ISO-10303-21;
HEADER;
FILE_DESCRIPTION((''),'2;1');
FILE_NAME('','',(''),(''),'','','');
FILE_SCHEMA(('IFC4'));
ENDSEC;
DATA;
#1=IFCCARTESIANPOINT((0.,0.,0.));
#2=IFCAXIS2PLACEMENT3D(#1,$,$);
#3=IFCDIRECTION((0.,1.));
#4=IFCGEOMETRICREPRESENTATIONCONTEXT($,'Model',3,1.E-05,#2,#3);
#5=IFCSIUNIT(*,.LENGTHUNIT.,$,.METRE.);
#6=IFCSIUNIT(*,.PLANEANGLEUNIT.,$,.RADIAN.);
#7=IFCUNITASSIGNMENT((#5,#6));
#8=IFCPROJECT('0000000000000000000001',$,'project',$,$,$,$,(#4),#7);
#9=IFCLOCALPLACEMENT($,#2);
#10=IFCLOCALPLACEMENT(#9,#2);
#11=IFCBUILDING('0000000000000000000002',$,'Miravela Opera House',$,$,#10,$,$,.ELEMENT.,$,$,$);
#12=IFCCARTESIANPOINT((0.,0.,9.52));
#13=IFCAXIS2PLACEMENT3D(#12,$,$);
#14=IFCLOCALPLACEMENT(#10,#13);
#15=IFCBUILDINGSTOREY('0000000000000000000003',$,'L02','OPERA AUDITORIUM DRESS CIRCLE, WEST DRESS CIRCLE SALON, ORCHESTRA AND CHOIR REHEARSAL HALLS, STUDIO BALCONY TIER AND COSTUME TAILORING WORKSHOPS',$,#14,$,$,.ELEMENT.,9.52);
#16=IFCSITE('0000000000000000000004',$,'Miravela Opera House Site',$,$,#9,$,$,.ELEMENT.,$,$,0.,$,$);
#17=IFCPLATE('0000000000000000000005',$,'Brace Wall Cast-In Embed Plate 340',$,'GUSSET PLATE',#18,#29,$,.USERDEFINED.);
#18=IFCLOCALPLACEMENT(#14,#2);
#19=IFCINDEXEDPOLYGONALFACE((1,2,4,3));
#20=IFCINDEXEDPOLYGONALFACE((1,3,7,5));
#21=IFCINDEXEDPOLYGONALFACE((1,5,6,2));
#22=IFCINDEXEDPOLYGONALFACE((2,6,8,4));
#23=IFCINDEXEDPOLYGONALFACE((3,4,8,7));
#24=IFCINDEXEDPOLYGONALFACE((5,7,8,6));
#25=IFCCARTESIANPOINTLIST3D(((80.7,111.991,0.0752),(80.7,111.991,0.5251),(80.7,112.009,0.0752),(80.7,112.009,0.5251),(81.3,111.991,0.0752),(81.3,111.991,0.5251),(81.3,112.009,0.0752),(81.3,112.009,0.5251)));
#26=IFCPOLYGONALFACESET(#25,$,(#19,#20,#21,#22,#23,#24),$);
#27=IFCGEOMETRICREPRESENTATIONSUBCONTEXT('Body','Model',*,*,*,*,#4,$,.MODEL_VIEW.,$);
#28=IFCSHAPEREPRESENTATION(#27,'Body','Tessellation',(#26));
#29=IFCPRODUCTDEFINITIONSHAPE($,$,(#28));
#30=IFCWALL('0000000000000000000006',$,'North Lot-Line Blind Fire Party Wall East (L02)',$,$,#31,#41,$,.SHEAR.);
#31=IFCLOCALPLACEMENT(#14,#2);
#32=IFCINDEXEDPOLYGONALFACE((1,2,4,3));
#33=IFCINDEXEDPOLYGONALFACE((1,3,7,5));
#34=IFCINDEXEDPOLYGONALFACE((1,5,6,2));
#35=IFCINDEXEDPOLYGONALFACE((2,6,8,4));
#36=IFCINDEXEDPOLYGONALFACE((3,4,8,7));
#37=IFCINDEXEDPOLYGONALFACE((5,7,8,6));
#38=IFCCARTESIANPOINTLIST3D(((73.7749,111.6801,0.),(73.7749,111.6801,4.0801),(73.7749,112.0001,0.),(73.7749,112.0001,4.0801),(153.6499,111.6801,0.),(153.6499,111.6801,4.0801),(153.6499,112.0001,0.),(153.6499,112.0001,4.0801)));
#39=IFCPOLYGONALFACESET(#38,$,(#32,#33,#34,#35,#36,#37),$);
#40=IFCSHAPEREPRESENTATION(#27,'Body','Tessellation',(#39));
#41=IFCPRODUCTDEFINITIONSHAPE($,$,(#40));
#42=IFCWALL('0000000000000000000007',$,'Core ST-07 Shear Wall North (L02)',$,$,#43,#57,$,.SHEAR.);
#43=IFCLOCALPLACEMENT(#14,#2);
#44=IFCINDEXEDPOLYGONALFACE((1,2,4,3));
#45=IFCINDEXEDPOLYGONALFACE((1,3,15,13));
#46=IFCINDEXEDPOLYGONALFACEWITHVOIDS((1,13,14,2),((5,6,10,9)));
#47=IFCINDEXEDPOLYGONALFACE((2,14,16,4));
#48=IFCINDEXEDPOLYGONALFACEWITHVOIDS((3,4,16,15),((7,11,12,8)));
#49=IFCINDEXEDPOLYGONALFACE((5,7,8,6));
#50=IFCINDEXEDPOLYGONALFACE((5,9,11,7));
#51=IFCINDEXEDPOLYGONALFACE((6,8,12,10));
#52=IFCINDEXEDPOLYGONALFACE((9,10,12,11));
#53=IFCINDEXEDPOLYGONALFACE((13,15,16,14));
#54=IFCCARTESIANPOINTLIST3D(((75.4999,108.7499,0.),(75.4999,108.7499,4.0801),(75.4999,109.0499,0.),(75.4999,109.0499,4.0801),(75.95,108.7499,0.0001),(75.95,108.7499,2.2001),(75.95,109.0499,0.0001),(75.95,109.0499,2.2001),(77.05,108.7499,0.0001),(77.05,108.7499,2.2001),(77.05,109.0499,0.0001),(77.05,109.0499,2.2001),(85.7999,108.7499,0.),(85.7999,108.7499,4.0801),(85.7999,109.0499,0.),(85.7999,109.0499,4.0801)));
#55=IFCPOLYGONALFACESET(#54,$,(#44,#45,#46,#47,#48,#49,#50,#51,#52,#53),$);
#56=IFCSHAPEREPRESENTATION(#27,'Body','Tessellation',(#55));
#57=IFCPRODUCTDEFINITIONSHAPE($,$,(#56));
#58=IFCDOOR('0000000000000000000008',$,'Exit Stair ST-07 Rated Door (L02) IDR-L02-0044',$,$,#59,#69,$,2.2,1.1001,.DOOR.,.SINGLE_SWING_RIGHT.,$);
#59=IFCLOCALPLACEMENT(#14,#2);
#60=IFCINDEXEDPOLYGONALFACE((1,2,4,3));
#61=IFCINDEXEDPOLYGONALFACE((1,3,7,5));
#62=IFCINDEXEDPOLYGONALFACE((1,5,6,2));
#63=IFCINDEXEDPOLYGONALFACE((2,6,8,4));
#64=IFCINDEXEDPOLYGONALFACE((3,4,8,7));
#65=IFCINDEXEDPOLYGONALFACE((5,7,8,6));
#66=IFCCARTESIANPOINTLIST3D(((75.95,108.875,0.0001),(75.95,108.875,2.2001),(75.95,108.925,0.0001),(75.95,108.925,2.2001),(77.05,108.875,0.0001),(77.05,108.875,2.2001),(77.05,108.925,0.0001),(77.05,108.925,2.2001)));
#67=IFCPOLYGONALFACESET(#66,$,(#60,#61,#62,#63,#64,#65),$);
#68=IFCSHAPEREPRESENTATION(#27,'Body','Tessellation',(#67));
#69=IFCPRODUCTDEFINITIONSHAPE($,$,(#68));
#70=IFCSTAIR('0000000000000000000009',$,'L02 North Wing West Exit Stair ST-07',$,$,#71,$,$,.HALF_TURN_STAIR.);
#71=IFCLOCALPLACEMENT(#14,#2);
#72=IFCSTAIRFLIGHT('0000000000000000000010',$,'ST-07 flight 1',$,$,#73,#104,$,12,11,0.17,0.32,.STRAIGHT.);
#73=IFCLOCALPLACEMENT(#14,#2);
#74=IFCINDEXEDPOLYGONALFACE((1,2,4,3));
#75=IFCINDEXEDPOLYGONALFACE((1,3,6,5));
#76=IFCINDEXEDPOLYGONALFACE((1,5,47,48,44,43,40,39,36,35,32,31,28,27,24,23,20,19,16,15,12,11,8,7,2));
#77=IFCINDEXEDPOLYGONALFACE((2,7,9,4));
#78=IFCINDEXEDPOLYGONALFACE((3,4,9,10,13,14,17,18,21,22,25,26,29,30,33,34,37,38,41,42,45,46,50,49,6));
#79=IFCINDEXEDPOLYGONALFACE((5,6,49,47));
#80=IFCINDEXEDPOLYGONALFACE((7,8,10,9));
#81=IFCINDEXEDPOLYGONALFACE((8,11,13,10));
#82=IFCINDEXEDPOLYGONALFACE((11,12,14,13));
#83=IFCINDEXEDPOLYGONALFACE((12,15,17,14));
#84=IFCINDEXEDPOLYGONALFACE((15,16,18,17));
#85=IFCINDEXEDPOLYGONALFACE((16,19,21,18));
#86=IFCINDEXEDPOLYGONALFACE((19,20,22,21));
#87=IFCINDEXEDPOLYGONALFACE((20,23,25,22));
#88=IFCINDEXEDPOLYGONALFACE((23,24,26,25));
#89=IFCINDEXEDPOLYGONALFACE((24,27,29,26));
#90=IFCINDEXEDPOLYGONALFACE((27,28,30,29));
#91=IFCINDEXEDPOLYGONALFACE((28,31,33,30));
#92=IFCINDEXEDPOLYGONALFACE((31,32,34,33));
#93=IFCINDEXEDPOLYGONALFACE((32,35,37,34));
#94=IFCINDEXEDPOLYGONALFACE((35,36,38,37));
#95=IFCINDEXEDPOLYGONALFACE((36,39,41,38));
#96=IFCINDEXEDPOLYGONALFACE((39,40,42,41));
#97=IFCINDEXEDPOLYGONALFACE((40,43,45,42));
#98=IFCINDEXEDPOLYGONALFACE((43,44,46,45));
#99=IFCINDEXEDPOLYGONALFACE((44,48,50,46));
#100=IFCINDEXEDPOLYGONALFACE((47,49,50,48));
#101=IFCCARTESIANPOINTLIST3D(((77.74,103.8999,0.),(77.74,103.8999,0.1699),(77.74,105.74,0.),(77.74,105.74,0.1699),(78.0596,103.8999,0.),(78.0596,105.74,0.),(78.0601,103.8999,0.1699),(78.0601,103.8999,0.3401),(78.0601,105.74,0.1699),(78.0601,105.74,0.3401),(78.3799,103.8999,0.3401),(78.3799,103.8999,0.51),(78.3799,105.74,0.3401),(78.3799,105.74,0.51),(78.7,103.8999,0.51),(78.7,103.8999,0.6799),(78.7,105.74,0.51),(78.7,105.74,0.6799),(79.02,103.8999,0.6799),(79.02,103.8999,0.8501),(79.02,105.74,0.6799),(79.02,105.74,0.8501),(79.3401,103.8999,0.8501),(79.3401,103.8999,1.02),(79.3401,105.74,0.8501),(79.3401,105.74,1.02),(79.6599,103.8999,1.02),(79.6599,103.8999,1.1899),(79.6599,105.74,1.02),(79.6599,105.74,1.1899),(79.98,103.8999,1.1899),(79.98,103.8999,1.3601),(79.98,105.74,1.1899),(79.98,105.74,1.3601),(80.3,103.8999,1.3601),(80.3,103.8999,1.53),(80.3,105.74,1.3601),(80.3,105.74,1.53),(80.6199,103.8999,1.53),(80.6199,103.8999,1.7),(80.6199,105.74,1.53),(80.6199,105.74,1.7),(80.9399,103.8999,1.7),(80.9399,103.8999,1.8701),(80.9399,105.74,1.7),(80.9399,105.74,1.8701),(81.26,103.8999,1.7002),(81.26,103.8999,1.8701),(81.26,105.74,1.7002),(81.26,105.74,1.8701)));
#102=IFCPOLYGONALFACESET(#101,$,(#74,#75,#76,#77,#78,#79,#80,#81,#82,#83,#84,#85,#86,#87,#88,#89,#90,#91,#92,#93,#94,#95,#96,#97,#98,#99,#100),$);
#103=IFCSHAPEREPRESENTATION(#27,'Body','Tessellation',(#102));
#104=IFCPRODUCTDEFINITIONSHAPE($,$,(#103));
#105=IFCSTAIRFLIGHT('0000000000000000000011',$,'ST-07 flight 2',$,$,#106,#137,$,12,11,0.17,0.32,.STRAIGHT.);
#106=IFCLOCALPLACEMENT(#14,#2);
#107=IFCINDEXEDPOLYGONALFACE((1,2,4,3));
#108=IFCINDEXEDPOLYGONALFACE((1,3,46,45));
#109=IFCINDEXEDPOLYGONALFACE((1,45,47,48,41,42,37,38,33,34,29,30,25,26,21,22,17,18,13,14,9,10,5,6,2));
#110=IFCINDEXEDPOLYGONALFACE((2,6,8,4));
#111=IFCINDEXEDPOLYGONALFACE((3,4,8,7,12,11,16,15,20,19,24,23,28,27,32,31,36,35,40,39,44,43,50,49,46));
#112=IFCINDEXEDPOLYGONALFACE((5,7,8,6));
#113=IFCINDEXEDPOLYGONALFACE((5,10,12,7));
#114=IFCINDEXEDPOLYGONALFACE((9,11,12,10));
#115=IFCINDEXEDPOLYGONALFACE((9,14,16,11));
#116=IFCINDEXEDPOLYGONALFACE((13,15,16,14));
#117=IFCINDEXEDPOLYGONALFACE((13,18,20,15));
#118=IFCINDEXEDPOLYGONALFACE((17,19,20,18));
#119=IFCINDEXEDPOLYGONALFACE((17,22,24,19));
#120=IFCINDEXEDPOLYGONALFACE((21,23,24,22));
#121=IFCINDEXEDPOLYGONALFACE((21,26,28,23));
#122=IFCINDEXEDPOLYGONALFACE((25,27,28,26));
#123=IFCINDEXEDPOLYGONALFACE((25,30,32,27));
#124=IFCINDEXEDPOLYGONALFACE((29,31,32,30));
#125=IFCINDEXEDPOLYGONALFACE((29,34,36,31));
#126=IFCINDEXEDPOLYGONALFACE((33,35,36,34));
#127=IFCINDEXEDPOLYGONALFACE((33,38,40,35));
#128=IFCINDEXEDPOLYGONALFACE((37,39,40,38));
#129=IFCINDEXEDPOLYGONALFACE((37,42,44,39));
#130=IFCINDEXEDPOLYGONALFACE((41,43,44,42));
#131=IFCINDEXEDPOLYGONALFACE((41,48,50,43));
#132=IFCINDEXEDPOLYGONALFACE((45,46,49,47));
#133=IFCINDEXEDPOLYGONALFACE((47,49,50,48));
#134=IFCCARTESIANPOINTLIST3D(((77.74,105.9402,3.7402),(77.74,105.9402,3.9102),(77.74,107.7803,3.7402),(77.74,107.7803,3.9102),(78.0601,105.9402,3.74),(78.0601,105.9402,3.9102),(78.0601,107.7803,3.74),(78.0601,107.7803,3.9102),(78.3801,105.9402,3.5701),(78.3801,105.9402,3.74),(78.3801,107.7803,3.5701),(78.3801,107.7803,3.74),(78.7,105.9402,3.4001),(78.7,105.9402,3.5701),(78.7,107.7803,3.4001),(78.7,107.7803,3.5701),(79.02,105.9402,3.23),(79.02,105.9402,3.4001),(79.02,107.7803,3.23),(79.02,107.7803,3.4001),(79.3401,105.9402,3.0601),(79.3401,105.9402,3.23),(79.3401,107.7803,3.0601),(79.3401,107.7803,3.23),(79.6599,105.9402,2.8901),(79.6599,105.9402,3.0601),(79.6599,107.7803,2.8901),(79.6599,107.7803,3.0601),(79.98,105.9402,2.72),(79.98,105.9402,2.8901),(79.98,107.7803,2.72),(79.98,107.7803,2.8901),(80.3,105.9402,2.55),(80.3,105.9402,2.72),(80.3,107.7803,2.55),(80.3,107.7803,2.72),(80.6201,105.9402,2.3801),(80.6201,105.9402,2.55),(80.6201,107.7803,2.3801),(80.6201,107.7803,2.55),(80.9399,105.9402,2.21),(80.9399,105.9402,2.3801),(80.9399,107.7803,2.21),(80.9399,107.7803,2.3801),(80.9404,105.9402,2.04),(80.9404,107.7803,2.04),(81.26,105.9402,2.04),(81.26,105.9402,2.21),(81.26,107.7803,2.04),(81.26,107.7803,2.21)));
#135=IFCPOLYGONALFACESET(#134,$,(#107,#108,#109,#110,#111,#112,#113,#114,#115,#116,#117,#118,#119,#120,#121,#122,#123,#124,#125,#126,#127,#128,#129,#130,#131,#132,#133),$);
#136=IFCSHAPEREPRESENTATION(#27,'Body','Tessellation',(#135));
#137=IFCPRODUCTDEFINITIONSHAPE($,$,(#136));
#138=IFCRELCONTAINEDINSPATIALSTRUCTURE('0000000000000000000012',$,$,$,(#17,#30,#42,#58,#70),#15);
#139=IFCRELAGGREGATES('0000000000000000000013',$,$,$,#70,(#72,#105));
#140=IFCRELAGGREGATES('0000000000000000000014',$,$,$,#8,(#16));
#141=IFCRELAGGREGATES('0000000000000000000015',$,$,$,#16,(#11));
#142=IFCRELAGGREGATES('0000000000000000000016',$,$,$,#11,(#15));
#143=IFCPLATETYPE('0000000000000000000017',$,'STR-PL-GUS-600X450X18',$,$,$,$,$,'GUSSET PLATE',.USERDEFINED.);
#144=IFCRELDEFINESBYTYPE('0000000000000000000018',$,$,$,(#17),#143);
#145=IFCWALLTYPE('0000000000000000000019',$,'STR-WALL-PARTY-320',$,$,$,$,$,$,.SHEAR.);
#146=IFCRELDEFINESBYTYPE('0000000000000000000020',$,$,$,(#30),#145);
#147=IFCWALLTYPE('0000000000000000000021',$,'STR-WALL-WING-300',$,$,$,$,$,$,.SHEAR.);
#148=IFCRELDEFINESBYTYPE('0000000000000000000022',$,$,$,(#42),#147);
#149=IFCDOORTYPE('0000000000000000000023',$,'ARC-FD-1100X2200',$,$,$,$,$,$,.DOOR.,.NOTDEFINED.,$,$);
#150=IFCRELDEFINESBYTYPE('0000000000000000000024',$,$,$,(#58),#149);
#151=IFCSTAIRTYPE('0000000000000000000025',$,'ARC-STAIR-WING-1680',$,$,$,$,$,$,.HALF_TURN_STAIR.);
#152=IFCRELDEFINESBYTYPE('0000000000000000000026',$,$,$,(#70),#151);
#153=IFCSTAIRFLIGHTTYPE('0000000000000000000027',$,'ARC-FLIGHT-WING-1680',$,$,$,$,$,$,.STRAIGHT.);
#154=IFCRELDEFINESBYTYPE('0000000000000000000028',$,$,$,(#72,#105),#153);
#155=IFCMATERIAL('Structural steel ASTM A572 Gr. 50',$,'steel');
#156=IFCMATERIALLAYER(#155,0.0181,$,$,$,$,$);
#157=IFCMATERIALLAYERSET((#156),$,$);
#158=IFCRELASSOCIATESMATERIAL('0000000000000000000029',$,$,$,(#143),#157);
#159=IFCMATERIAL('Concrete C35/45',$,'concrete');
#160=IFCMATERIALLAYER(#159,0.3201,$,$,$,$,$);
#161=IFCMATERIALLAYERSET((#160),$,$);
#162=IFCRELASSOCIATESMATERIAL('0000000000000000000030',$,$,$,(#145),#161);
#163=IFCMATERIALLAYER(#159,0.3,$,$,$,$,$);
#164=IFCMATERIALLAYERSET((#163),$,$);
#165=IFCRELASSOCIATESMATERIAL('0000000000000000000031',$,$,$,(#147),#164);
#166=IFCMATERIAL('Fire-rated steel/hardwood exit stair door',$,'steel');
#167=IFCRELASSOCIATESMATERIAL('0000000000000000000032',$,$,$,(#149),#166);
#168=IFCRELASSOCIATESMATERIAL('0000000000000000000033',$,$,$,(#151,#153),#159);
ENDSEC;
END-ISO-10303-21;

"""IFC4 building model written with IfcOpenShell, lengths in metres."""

from ifc_helpers import new_model, si_unit, direction, frame, frame_2d, origin, origin_2d, place, context, subcontext, project, spatial, polyline, rectangle, outline, extrude, material, layer, layer_set, type_object, element, fill, aggregate, save


model = new_model("IFC4")

# Units and contexts
model_context = context("Model", 3, precision=1e-05, world=origin(), true_north=direction((0.0, 1.0)))
body_context = subcontext(model_context, "Body", "Model", "MODEL_VIEW")
ifc_project = project(units=[si_unit("LENGTHUNIT", "METRE"), si_unit("PLANEANGLEUNIT", "RADIAN")], contexts=[model_context])

# Site, building, storey
site_placement = place(None, origin())
site = spatial("IfcSite", under=ifc_project, at=site_placement, Name="Miravela Opera House Site", CompositionType="ELEMENT", RefElevation=0.0)
building_placement = place(site_placement, origin())
building = spatial("IfcBuilding", under=site, at=building_placement, Name="Miravela Opera House", CompositionType="ELEMENT")
storey_placement = place(building_placement, frame((0.0, 0.0, 9.52)))
storey = spatial("IfcBuildingStorey", under=building, at=storey_placement, Name="L02", Description="OPERA AUDITORIUM DRESS CIRCLE, WEST DRESS CIRCLE SALON, ORCHESTRA AND CHOIR REHEARSAL HALLS, STUDIO BALCONY TIER AND COSTUME TAILORING WORKSHOPS", CompositionType="ELEMENT", Elevation=9.52)

# Shared definitions
ifc_material_1 = material(Name="Concrete C35/45", Category="concrete")

# Plate
ifc_material_2 = material(Name="Structural steel ASTM A572 Gr. 50", Category="steel")
ifc_layer_1 = layer(ifc_material_2, 0.0181)
ifc_layer_set_1 = layer_set([ifc_layer_1])
plate_type = type_object("IfcPlateType", Name="STR-PL-GUS-600X450X18", ElementType="GUSSET PLATE", PredefinedType="USERDEFINED", material=ifc_layer_set_1)
plate_placement = place(storey_placement, frame((81.0, 112.0, 0.0752), z_axis=(0.0, 0.0, 1.0), x_axis=(1.0, 0.0, 0.0)))
element("IfcPlate", 1, at=plate_placement, inside=storey, type_object=plate_type, Name="Brace Wall Cast-In Embed Plate 340", ObjectType="GUSSET PLATE", PredefinedType="USERDEFINED", context=body_context, shape_type="SweptSolid", body=[
    extrude(rectangle(XDim=0.6001, YDim=0.0181, at=origin_2d()), origin(), (0.0, 0.0, 1.0), 0.45),
])

# Wall
ifc_layer_2 = layer(ifc_material_1, 0.3201)
ifc_layer_set_2 = layer_set([ifc_layer_2])
wall_type_1 = type_object("IfcWallType", Name="STR-WALL-PARTY-320", PredefinedType="SHEAR", material=ifc_layer_set_2)
wall_1_placement = place(storey_placement, frame((73.7749, 111.8401, 0.0), z_axis=(0.0, 0.0, 1.0), x_axis=(1.0, 0.0, 0.0)))
element("IfcWall", 2, at=wall_1_placement, inside=storey, type_object=wall_type_1, Name="North Lot-Line Blind Fire Party Wall East (L02)", PredefinedType="SHEAR", context=body_context, shape_type="SweptSolid", body=[
    extrude(rectangle(XDim=79.875, YDim=0.3201, at=frame_2d((39.9375, 0.0))), origin(), (0.0, 0.0, 1.0), 4.0801),
])

# Wall, opening, door
ifc_layer_3 = layer(ifc_material_1, 0.3)
ifc_layer_set_3 = layer_set([ifc_layer_3])
wall_type_2 = type_object("IfcWallType", Name="STR-WALL-WING-300", PredefinedType="SHEAR", material=ifc_layer_set_3)
wall_2_placement = place(storey_placement, frame((75.5, 108.8999, 0.0), z_axis=(0.0, 0.0, 1.0), x_axis=(1.0, 0.0, 0.0)))
wall_2 = element("IfcWall", 3, at=wall_2_placement, inside=storey, type_object=wall_type_2, Name="Core ST-07 Shear Wall North (L02)", PredefinedType="SHEAR", context=body_context, shape_type="SweptSolid", body=[
    extrude(rectangle(XDim=10.3, YDim=0.3, at=frame_2d((5.1499, 0.0))), origin(), (0.0, 0.0, 1.0), 4.0801),
])
opening_placement = place(wall_2_placement, frame((0.45, 0.0, 0.0)))
opening = element("IfcOpeningElement", 4, at=opening_placement, cuts=wall_2, PredefinedType="OPENING", context=body_context, shape_type="SweptSolid", body=[
    extrude(rectangle(XDim=1.1001, YDim=2.2, at=frame_2d((0.55, 1.1001))), frame((0.0, 0.1599, 0.0), z_axis=(0.0, -1.0, 0.0), x_axis=(1.0, 0.0, 0.0)), (0.0, 0.0, 1.0), 0.3201),
])
ifc_material_3 = material(Name="Fire-rated steel/hardwood exit stair door", Category="steel")
door_type = type_object("IfcDoorType", Name="ARC-FD-1100X2200", OperationType="NOTDEFINED", PredefinedType="DOOR", material=ifc_material_3)
door_placement = place(opening_placement, frame((1.1001, 0.0, 0.0), z_axis=(0.0, 0.0, 1.0), x_axis=(-1.0, 0.0, 0.0)))
door = element("IfcDoor", 5, at=door_placement, inside=storey, type_object=door_type, Name="Exit Stair ST-07 Rated Door (L02) IDR-L02-0044", OperationType="SINGLE_SWING_RIGHT", OverallHeight=2.2, OverallWidth=1.1001, PredefinedType="DOOR", context=body_context, shape_type="SweptSolid", body=[
    extrude(rectangle(XDim=1.1001, YDim=2.2, at=frame_2d((0.55, 1.1001))), frame((0.0, 0.0249, 0.0), z_axis=(0.0, -1.0, 0.0), x_axis=(1.0, 0.0, 0.0)), (0.0, 0.0, 1.0), 0.05),
])
fill(opening, door)

# Stair, stair flights
stair_type = type_object("IfcStairType", Name="ARC-STAIR-WING-1680", PredefinedType="HALF_TURN_STAIR", material=ifc_material_1)
stair_placement = place(storey_placement, origin())
stair = element("IfcStair", 6, at=stair_placement, inside=storey, type_object=stair_type, Name="L02 North Wing West Exit Stair ST-07", PredefinedType="HALF_TURN_STAIR")
stair_flight_type = type_object("IfcStairFlightType", Name="ARC-FLIGHT-WING-1680", PredefinedType="STRAIGHT", material=ifc_material_1)
stair_flight_1_placement = place(storey_placement, frame((77.74, 104.8201, 0.0), z_axis=(0.0, 0.0, 1.0), x_axis=(1.0, 0.0, 0.0)))
stair_flight_1 = element("IfcStairFlight", 7, at=stair_flight_1_placement, type_object=stair_flight_type, Name="ST-07 flight 1", NumberOfRisers=12, NumberOfTreads=11, PredefinedType="STRAIGHT", RiserHeight=0.17, TreadLength=0.32, context=body_context, shape_type="SweptSolid", body=[
    extrude(outline(polyline([(0.0, 0.0), (0.0, 0.1699), (0.3201, 0.1699), (0.3201, 0.3401), (0.6399, 0.3401), (0.6399, 0.51), (0.96, 0.51), (0.96, 0.6799), (1.28, 0.6799), (1.28, 0.8501), (1.6001, 0.8501), (1.6001, 1.02), (1.9199, 1.02), (1.9199, 1.1899), (2.24, 1.1899), (2.24, 1.3601), (2.5601, 1.3601), (2.5601, 1.53), (2.8799, 1.53), (2.8799, 1.7), (3.2, 1.7), (3.2, 1.8701), (3.52, 1.8701), (3.52, 2.04), (3.52, 1.7002), (0.3196, 0.0), (0.0, 0.0)])), frame((0.0, 0.9199, 0.0), z_axis=(0.0, -1.0, 0.0), x_axis=(1.0, 0.0, 0.0)), (0.0, 0.0, 1.0), 1.8401),
])
stair_flight_2_placement = place(storey_placement, frame((81.26, 106.8601, 2.04), z_axis=(0.0, 0.0, 1.0), x_axis=(-1.0, 0.0, 0.0)))
stair_flight_2 = element("IfcStairFlight", 8, at=stair_flight_2_placement, type_object=stair_flight_type, Name="ST-07 flight 2", NumberOfRisers=12, NumberOfTreads=11, PredefinedType="STRAIGHT", RiserHeight=0.17, TreadLength=0.32, context=body_context, shape_type="SweptSolid", body=[
    extrude(outline(polyline([(0.0, 0.0), (0.0, 0.1699), (0.3201, 0.1699), (0.3201, 0.3401), (0.6399, 0.3401), (0.6399, 0.51), (0.96, 0.51), (0.96, 0.6799), (1.28, 0.6799), (1.28, 0.8501), (1.6001, 0.8501), (1.6001, 1.02), (1.9199, 1.02), (1.9199, 1.1899), (2.24, 1.1899), (2.24, 1.3601), (2.5601, 1.3601), (2.5601, 1.53), (2.8799, 1.53), (2.8799, 1.7), (3.2, 1.7), (3.2, 1.8701), (3.52, 1.8701), (3.52, 2.04), (3.52, 1.7002), (0.3196, 0.0), (0.0, 0.0)])), frame((0.0, 0.9199, 0.0), z_axis=(0.0, -1.0, 0.0), x_axis=(1.0, 0.0, 0.0)), (0.0, 0.0, 1.0), 1.8401),
])
aggregate(stair, [stair_flight_1, stair_flight_2])

save(model, "model.ifc")
